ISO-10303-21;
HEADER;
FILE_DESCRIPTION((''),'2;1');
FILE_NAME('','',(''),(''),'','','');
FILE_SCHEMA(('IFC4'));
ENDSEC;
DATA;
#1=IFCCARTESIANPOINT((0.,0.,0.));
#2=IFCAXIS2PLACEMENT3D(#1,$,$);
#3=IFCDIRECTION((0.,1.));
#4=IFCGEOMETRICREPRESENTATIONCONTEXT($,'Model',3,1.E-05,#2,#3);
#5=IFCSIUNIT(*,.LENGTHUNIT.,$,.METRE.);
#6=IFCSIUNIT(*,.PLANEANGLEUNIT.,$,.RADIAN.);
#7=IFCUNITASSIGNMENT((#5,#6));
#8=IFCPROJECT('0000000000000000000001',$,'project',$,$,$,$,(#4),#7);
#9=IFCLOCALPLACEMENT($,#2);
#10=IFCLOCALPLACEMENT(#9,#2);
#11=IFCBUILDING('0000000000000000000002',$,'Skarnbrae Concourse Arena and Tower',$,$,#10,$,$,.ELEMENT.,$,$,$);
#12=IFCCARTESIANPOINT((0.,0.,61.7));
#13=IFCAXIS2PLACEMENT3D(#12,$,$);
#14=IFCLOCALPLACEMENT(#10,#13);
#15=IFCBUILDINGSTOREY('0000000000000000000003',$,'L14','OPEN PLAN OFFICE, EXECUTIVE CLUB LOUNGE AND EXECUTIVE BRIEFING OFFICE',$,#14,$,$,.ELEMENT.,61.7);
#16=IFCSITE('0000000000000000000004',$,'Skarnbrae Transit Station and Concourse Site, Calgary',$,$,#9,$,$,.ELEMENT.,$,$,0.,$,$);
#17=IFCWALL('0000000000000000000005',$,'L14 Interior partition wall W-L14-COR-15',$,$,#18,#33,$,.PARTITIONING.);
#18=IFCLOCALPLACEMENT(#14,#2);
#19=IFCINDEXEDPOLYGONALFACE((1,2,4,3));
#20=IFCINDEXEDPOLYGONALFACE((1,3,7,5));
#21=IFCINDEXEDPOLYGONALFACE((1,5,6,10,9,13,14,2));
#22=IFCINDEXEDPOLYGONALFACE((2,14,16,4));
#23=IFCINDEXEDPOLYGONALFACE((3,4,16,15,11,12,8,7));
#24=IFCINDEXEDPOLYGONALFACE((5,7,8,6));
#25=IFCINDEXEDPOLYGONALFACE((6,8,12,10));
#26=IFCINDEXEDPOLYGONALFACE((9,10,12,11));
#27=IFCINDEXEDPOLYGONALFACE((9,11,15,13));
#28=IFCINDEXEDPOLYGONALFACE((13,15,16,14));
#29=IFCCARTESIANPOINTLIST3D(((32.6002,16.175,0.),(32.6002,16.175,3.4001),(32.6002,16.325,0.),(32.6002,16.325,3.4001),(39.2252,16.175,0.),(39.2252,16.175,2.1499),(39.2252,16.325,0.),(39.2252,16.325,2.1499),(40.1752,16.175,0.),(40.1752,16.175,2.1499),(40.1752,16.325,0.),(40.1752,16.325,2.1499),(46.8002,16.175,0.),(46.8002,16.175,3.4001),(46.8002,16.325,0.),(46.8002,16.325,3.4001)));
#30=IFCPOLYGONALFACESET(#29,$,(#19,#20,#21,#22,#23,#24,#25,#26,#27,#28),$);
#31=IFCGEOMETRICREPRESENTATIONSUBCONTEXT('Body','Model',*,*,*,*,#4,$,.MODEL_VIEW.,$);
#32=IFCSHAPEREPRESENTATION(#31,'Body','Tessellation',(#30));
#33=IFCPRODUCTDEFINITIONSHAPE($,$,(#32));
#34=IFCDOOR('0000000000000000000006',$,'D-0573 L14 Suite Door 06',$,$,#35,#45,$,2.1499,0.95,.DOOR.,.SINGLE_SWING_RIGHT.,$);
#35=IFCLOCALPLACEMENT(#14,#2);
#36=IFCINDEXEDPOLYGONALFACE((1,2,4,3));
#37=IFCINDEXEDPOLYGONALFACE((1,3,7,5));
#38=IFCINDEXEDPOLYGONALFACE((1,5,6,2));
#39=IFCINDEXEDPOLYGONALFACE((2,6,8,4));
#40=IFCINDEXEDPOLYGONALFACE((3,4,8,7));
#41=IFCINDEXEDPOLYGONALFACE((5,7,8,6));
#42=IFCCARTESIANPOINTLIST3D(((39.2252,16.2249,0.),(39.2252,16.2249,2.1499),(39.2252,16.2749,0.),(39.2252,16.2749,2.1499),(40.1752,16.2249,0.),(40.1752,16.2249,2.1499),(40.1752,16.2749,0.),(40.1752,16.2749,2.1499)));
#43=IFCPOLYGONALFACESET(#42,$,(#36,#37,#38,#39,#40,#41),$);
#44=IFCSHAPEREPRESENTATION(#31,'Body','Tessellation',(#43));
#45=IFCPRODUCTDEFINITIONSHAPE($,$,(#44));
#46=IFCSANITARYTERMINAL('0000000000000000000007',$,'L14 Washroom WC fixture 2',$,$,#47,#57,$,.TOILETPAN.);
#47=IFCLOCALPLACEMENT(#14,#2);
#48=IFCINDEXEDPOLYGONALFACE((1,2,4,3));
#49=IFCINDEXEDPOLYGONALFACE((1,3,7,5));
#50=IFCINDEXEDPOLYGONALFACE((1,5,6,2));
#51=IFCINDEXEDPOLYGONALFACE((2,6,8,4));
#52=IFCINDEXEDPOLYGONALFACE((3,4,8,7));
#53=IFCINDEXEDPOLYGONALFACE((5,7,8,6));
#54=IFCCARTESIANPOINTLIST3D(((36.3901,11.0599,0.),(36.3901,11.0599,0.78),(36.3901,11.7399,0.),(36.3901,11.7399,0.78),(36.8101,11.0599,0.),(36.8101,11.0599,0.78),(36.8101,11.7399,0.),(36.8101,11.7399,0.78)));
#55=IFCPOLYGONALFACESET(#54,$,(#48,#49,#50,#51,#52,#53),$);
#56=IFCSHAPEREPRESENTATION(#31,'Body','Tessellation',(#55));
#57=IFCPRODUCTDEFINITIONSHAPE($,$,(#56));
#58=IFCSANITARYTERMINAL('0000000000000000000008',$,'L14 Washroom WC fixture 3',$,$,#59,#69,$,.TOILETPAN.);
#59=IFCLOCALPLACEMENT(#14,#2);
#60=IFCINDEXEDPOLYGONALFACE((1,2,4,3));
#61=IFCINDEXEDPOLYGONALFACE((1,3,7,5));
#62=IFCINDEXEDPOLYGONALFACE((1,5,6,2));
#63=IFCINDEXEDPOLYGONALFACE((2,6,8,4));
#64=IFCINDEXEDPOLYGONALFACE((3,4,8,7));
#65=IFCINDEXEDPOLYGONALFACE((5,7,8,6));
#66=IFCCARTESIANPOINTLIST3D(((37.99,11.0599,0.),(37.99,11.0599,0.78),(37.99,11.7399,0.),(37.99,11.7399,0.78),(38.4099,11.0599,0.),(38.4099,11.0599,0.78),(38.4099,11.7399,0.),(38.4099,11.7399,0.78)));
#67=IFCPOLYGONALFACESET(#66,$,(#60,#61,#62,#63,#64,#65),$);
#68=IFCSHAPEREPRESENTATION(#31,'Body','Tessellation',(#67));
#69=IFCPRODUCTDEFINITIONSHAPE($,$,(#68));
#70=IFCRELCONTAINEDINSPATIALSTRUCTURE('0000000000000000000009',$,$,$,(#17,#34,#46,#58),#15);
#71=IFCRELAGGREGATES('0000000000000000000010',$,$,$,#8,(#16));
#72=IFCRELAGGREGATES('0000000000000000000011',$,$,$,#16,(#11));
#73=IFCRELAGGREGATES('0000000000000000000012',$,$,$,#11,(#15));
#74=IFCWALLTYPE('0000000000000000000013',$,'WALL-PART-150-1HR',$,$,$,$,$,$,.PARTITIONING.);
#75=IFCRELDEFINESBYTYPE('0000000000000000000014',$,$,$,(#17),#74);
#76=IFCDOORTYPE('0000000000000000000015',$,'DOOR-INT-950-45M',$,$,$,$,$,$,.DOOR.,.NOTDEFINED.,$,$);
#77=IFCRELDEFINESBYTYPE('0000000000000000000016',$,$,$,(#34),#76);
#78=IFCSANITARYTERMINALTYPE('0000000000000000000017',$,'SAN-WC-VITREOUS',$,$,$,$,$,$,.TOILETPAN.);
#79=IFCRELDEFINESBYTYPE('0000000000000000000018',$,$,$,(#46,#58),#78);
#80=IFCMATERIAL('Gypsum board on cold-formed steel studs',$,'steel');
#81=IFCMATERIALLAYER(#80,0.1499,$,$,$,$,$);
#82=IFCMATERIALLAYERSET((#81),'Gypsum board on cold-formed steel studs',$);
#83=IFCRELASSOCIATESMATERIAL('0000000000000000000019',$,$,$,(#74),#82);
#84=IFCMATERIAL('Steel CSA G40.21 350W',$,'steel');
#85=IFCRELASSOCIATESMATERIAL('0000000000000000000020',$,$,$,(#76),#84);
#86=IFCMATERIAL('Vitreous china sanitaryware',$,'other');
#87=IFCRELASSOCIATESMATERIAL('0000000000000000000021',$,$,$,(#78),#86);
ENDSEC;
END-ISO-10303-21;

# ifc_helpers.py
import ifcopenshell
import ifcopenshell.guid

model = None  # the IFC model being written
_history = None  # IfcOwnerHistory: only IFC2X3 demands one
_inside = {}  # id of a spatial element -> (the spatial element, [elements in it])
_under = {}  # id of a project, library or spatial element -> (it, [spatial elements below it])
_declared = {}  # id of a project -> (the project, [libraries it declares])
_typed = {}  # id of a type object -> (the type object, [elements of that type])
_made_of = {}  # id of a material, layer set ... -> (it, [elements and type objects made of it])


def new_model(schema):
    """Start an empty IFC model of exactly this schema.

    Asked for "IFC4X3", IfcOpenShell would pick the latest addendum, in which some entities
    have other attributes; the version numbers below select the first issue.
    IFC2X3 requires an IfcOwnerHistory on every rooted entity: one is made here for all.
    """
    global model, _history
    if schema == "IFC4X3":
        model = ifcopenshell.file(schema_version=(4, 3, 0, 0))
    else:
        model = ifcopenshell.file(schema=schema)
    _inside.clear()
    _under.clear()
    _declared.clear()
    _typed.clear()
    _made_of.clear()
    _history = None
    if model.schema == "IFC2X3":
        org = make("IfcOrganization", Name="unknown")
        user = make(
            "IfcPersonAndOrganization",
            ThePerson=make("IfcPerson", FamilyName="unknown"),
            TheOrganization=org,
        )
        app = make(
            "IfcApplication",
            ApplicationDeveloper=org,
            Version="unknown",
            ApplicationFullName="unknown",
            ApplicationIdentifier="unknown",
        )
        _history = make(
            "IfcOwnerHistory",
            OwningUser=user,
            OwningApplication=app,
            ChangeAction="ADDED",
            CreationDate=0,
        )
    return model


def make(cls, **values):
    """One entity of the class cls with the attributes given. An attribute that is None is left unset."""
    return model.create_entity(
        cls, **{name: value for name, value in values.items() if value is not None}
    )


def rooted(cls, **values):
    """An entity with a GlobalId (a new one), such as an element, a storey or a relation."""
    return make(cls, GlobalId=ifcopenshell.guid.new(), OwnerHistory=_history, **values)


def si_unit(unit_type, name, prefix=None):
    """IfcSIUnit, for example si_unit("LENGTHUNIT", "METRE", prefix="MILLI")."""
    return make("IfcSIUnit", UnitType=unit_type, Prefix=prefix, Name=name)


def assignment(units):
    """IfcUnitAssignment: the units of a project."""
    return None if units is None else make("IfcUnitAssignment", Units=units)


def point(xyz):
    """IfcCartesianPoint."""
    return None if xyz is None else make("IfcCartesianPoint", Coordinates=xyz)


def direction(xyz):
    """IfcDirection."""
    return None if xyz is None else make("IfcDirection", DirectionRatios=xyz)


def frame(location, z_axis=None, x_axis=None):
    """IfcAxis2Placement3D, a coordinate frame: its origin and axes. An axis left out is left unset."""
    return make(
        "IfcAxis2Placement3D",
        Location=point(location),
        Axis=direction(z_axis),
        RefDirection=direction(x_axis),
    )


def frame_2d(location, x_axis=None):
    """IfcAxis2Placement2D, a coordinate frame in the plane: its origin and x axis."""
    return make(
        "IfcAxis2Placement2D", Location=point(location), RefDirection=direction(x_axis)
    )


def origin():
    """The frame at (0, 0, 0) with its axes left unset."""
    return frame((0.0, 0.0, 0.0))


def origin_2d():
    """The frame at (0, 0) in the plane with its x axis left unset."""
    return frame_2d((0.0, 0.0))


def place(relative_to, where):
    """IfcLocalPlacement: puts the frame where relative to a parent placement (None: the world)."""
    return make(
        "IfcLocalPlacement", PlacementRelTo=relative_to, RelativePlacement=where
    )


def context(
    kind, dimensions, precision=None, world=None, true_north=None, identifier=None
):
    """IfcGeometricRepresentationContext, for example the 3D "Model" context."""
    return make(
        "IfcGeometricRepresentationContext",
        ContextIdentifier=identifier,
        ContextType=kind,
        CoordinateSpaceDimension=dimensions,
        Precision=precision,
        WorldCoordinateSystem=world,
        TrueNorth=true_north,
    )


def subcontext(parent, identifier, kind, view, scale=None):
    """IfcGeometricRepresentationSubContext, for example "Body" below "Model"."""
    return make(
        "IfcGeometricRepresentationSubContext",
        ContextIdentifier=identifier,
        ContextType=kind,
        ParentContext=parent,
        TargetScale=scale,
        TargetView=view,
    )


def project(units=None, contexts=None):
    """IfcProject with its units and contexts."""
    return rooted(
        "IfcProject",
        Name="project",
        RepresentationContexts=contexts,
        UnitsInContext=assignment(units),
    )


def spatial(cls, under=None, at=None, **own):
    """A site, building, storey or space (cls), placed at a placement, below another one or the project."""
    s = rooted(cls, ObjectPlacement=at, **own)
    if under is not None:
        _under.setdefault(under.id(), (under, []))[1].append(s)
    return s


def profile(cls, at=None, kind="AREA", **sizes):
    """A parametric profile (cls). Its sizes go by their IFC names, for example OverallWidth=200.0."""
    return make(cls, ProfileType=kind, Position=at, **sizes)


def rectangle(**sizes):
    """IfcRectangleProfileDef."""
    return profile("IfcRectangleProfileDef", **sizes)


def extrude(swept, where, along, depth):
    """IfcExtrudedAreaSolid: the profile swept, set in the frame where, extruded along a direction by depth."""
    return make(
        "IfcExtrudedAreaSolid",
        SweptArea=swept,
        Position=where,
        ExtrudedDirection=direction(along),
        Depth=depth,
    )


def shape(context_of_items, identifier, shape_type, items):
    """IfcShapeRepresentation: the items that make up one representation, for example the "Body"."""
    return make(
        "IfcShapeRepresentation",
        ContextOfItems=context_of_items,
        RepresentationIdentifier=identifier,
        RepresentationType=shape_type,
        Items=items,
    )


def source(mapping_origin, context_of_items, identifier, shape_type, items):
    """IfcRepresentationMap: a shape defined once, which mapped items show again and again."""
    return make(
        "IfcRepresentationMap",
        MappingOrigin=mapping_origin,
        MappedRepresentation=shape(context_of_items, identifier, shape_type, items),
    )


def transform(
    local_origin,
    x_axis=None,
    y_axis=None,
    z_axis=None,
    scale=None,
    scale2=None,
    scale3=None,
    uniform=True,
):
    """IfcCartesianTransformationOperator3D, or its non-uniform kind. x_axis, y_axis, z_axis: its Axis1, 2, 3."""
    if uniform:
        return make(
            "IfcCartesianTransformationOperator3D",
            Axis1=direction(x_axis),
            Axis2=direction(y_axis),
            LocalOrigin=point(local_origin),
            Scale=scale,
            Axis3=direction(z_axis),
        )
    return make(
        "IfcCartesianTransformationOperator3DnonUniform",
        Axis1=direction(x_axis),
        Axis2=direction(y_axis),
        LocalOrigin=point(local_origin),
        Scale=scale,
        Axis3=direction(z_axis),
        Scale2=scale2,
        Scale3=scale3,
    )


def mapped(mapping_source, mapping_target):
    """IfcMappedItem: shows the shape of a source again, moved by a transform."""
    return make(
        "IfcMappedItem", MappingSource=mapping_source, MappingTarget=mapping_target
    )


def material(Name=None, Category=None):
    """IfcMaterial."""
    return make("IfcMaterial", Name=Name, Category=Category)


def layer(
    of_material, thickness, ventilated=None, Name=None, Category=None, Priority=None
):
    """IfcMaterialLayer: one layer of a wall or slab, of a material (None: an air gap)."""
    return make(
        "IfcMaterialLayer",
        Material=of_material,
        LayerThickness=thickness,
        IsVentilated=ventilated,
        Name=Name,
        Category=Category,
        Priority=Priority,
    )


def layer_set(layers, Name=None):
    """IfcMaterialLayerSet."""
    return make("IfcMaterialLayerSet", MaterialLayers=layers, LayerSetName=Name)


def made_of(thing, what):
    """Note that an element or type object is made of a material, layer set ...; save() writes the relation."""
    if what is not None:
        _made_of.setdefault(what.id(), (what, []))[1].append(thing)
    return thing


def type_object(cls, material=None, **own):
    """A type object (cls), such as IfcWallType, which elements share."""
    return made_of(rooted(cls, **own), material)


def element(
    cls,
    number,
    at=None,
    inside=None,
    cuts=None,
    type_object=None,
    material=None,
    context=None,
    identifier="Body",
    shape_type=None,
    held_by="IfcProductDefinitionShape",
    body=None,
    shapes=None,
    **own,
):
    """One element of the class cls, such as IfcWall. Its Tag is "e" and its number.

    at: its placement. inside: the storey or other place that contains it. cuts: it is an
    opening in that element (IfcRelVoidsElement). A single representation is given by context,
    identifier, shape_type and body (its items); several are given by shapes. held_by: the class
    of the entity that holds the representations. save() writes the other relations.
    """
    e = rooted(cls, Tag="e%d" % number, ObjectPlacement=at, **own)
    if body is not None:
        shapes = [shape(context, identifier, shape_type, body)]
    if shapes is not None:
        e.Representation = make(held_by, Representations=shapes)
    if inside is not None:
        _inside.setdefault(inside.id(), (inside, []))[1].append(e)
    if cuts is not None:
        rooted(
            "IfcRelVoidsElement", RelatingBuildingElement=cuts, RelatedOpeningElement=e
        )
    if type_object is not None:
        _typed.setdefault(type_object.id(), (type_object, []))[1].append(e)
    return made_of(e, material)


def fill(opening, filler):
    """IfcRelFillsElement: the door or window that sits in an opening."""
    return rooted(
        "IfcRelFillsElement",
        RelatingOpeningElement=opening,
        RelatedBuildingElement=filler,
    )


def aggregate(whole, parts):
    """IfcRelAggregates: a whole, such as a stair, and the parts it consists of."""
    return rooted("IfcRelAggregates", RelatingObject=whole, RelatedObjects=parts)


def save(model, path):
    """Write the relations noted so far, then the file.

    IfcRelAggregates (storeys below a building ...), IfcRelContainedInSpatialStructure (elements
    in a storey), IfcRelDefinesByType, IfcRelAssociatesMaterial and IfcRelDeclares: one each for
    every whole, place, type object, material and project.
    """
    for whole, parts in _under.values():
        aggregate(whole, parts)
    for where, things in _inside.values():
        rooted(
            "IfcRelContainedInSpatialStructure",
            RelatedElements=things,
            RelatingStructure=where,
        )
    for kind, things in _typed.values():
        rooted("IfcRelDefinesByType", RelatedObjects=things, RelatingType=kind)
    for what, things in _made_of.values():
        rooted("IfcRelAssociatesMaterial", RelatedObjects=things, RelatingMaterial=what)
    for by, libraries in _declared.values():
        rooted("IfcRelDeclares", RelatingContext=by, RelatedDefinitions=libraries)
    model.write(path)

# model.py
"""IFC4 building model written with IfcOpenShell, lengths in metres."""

from ifc_helpers import new_model, si_unit, direction, frame, frame_2d, origin, origin_2d, place, context, subcontext, project, spatial, rectangle, extrude, source, transform, mapped, material, layer, layer_set, type_object, element, fill, save


model = new_model("IFC4")

# Units and contexts
model_context = context("Model", 3, precision=1e-05, world=origin(), true_north=direction((0.0, 1.0)))
body_context = subcontext(model_context, "Body", "Model", "MODEL_VIEW")
ifc_project = project(units=[si_unit("LENGTHUNIT", "METRE"), si_unit("PLANEANGLEUNIT", "RADIAN")], contexts=[model_context])

# Site, building, storey
site_placement = place(None, origin())
site = spatial("IfcSite", under=ifc_project, at=site_placement, Name="Skarnbrae Transit Station and Concourse Site, Calgary", CompositionType="ELEMENT", RefElevation=0.0)
building_placement = place(site_placement, origin())
building = spatial("IfcBuilding", under=site, at=building_placement, Name="Skarnbrae Concourse Arena and Tower", CompositionType="ELEMENT")
storey_placement = place(building_placement, frame((0.0, 0.0, 61.7)))
storey = spatial("IfcBuildingStorey", under=building, at=storey_placement, Name="L14", Description="OPEN PLAN OFFICE, EXECUTIVE CLUB LOUNGE AND EXECUTIVE BRIEFING OFFICE", CompositionType="ELEMENT", Elevation=61.7)

# Shared definitions
ifc_material_1 = material(Name="Steel CSA G40.21 350W", Category="steel")

# Shared definitions
ifc_material_2 = material(Name="Gypsum board on cold-formed steel studs", Category="steel")

# Shared definitions
ifc_layer_1 = layer(ifc_material_2, 0.1499)
ifc_layer_set_1 = layer_set([ifc_layer_1], Name="Gypsum board on cold-formed steel studs")
wall_type_1 = type_object("IfcWallType", Name="WALL-PART-150-1HR", PredefinedType="PARTITIONING", material=ifc_layer_set_1)

# Wall, opening, door
shared_shape_1 = source(origin(), body_context, "Body", "SweptSolid", [
    extrude(rectangle(XDim=14.2, YDim=0.1499, at=frame_2d((7.1001, 0.0))), origin(), (0.0, 0.0, 1.0), 3.4001),
])
wall_1_placement = place(storey_placement, frame((32.6001, 16.25, 0.0), z_axis=(0.0, 0.0, 1.0), x_axis=(1.0, 0.0, 0.0)))
wall_1 = element("IfcWall", 1, at=wall_1_placement, inside=storey, type_object=wall_type_1, Name="L14 Interior partition wall W-L14-COR-15", PredefinedType="PARTITIONING", context=body_context, shape_type="MappedRepresentation", body=[
    mapped(shared_shape_1, transform((0.0, 0.0, 0.0))),
])
opening_1_placement = place(wall_1_placement, frame((6.625, 0.0, 0.0)))
opening_1 = element("IfcOpeningElement", 2, at=opening_1_placement, cuts=wall_1, PredefinedType="OPENING", context=body_context, shape_type="SweptSolid", body=[
    extrude(rectangle(XDim=0.95, YDim=2.1499, at=frame_2d((0.4751, 1.075))), frame((0.0, 0.085, 0.0), z_axis=(0.0, -1.0, 0.0), x_axis=(1.0, 0.0, 0.0)), (0.0, 0.0, 1.0), 0.1699),
])
door_type_1 = type_object("IfcDoorType", Name="DOOR-INT-950-45M", OperationType="NOTDEFINED", PredefinedType="DOOR", material=ifc_material_1)
shared_shape_2 = source(origin(), body_context, "Body", "SweptSolid", [
    extrude(rectangle(XDim=0.95, YDim=2.1499, at=frame_2d((0.4751, 1.075))), frame((0.0, 0.0249, 0.0), z_axis=(0.0, -1.0, 0.0), x_axis=(1.0, 0.0, 0.0)), (0.0, 0.0, 1.0), 0.05),
])
door_1_placement = place(opening_1_placement, origin())
door_1 = element("IfcDoor", 3, at=door_1_placement, inside=storey, type_object=door_type_1, Name="D-0573 L14 Suite Door 06", OperationType="SINGLE_SWING_RIGHT", OverallHeight=2.1499, OverallWidth=0.95, PredefinedType="DOOR", context=body_context, shape_type="MappedRepresentation", body=[
    mapped(shared_shape_2, transform((0.0, 0.0, 0.0))),
])
fill(opening_1, door_1)

# Sanitary terminals
ifc_material_3 = material(Name="Vitreous china sanitaryware", Category="other")
sanitary_terminal_type = type_object("IfcSanitaryTerminalType", Name="SAN-WC-VITREOUS", PredefinedType="TOILETPAN", material=ifc_material_3)
shared_shape_3 = source(origin(), body_context, "Body", "SweptSolid", [
    extrude(rectangle(XDim=0.4199, YDim=0.6799, at=origin_2d()), origin(), (0.0, 0.0, 1.0), 0.78),
])
for number, where, z_axis, x_axis, name in (
    (4, (36.6001, 11.3999, 0.0), (0.0, 0.0, 1.0), (1.0, 0.0, 0.0), "L14 Washroom WC fixture 2"),
    (5, (38.2, 11.3999, 0.0), (0.0, 0.0, 1.0), (1.0, 0.0, 0.0), "L14 Washroom WC fixture 3"),
):
    element("IfcSanitaryTerminal", number, at=place(storey_placement, frame(where, z_axis=z_axis, x_axis=x_axis)), inside=storey, type_object=sanitary_terminal_type, Name=name, PredefinedType="TOILETPAN", context=body_context, shape_type="MappedRepresentation", body=[
        mapped(shared_shape_3, transform((0.0, 0.0, 0.0))),
    ])

save(model, "model.ifc")
